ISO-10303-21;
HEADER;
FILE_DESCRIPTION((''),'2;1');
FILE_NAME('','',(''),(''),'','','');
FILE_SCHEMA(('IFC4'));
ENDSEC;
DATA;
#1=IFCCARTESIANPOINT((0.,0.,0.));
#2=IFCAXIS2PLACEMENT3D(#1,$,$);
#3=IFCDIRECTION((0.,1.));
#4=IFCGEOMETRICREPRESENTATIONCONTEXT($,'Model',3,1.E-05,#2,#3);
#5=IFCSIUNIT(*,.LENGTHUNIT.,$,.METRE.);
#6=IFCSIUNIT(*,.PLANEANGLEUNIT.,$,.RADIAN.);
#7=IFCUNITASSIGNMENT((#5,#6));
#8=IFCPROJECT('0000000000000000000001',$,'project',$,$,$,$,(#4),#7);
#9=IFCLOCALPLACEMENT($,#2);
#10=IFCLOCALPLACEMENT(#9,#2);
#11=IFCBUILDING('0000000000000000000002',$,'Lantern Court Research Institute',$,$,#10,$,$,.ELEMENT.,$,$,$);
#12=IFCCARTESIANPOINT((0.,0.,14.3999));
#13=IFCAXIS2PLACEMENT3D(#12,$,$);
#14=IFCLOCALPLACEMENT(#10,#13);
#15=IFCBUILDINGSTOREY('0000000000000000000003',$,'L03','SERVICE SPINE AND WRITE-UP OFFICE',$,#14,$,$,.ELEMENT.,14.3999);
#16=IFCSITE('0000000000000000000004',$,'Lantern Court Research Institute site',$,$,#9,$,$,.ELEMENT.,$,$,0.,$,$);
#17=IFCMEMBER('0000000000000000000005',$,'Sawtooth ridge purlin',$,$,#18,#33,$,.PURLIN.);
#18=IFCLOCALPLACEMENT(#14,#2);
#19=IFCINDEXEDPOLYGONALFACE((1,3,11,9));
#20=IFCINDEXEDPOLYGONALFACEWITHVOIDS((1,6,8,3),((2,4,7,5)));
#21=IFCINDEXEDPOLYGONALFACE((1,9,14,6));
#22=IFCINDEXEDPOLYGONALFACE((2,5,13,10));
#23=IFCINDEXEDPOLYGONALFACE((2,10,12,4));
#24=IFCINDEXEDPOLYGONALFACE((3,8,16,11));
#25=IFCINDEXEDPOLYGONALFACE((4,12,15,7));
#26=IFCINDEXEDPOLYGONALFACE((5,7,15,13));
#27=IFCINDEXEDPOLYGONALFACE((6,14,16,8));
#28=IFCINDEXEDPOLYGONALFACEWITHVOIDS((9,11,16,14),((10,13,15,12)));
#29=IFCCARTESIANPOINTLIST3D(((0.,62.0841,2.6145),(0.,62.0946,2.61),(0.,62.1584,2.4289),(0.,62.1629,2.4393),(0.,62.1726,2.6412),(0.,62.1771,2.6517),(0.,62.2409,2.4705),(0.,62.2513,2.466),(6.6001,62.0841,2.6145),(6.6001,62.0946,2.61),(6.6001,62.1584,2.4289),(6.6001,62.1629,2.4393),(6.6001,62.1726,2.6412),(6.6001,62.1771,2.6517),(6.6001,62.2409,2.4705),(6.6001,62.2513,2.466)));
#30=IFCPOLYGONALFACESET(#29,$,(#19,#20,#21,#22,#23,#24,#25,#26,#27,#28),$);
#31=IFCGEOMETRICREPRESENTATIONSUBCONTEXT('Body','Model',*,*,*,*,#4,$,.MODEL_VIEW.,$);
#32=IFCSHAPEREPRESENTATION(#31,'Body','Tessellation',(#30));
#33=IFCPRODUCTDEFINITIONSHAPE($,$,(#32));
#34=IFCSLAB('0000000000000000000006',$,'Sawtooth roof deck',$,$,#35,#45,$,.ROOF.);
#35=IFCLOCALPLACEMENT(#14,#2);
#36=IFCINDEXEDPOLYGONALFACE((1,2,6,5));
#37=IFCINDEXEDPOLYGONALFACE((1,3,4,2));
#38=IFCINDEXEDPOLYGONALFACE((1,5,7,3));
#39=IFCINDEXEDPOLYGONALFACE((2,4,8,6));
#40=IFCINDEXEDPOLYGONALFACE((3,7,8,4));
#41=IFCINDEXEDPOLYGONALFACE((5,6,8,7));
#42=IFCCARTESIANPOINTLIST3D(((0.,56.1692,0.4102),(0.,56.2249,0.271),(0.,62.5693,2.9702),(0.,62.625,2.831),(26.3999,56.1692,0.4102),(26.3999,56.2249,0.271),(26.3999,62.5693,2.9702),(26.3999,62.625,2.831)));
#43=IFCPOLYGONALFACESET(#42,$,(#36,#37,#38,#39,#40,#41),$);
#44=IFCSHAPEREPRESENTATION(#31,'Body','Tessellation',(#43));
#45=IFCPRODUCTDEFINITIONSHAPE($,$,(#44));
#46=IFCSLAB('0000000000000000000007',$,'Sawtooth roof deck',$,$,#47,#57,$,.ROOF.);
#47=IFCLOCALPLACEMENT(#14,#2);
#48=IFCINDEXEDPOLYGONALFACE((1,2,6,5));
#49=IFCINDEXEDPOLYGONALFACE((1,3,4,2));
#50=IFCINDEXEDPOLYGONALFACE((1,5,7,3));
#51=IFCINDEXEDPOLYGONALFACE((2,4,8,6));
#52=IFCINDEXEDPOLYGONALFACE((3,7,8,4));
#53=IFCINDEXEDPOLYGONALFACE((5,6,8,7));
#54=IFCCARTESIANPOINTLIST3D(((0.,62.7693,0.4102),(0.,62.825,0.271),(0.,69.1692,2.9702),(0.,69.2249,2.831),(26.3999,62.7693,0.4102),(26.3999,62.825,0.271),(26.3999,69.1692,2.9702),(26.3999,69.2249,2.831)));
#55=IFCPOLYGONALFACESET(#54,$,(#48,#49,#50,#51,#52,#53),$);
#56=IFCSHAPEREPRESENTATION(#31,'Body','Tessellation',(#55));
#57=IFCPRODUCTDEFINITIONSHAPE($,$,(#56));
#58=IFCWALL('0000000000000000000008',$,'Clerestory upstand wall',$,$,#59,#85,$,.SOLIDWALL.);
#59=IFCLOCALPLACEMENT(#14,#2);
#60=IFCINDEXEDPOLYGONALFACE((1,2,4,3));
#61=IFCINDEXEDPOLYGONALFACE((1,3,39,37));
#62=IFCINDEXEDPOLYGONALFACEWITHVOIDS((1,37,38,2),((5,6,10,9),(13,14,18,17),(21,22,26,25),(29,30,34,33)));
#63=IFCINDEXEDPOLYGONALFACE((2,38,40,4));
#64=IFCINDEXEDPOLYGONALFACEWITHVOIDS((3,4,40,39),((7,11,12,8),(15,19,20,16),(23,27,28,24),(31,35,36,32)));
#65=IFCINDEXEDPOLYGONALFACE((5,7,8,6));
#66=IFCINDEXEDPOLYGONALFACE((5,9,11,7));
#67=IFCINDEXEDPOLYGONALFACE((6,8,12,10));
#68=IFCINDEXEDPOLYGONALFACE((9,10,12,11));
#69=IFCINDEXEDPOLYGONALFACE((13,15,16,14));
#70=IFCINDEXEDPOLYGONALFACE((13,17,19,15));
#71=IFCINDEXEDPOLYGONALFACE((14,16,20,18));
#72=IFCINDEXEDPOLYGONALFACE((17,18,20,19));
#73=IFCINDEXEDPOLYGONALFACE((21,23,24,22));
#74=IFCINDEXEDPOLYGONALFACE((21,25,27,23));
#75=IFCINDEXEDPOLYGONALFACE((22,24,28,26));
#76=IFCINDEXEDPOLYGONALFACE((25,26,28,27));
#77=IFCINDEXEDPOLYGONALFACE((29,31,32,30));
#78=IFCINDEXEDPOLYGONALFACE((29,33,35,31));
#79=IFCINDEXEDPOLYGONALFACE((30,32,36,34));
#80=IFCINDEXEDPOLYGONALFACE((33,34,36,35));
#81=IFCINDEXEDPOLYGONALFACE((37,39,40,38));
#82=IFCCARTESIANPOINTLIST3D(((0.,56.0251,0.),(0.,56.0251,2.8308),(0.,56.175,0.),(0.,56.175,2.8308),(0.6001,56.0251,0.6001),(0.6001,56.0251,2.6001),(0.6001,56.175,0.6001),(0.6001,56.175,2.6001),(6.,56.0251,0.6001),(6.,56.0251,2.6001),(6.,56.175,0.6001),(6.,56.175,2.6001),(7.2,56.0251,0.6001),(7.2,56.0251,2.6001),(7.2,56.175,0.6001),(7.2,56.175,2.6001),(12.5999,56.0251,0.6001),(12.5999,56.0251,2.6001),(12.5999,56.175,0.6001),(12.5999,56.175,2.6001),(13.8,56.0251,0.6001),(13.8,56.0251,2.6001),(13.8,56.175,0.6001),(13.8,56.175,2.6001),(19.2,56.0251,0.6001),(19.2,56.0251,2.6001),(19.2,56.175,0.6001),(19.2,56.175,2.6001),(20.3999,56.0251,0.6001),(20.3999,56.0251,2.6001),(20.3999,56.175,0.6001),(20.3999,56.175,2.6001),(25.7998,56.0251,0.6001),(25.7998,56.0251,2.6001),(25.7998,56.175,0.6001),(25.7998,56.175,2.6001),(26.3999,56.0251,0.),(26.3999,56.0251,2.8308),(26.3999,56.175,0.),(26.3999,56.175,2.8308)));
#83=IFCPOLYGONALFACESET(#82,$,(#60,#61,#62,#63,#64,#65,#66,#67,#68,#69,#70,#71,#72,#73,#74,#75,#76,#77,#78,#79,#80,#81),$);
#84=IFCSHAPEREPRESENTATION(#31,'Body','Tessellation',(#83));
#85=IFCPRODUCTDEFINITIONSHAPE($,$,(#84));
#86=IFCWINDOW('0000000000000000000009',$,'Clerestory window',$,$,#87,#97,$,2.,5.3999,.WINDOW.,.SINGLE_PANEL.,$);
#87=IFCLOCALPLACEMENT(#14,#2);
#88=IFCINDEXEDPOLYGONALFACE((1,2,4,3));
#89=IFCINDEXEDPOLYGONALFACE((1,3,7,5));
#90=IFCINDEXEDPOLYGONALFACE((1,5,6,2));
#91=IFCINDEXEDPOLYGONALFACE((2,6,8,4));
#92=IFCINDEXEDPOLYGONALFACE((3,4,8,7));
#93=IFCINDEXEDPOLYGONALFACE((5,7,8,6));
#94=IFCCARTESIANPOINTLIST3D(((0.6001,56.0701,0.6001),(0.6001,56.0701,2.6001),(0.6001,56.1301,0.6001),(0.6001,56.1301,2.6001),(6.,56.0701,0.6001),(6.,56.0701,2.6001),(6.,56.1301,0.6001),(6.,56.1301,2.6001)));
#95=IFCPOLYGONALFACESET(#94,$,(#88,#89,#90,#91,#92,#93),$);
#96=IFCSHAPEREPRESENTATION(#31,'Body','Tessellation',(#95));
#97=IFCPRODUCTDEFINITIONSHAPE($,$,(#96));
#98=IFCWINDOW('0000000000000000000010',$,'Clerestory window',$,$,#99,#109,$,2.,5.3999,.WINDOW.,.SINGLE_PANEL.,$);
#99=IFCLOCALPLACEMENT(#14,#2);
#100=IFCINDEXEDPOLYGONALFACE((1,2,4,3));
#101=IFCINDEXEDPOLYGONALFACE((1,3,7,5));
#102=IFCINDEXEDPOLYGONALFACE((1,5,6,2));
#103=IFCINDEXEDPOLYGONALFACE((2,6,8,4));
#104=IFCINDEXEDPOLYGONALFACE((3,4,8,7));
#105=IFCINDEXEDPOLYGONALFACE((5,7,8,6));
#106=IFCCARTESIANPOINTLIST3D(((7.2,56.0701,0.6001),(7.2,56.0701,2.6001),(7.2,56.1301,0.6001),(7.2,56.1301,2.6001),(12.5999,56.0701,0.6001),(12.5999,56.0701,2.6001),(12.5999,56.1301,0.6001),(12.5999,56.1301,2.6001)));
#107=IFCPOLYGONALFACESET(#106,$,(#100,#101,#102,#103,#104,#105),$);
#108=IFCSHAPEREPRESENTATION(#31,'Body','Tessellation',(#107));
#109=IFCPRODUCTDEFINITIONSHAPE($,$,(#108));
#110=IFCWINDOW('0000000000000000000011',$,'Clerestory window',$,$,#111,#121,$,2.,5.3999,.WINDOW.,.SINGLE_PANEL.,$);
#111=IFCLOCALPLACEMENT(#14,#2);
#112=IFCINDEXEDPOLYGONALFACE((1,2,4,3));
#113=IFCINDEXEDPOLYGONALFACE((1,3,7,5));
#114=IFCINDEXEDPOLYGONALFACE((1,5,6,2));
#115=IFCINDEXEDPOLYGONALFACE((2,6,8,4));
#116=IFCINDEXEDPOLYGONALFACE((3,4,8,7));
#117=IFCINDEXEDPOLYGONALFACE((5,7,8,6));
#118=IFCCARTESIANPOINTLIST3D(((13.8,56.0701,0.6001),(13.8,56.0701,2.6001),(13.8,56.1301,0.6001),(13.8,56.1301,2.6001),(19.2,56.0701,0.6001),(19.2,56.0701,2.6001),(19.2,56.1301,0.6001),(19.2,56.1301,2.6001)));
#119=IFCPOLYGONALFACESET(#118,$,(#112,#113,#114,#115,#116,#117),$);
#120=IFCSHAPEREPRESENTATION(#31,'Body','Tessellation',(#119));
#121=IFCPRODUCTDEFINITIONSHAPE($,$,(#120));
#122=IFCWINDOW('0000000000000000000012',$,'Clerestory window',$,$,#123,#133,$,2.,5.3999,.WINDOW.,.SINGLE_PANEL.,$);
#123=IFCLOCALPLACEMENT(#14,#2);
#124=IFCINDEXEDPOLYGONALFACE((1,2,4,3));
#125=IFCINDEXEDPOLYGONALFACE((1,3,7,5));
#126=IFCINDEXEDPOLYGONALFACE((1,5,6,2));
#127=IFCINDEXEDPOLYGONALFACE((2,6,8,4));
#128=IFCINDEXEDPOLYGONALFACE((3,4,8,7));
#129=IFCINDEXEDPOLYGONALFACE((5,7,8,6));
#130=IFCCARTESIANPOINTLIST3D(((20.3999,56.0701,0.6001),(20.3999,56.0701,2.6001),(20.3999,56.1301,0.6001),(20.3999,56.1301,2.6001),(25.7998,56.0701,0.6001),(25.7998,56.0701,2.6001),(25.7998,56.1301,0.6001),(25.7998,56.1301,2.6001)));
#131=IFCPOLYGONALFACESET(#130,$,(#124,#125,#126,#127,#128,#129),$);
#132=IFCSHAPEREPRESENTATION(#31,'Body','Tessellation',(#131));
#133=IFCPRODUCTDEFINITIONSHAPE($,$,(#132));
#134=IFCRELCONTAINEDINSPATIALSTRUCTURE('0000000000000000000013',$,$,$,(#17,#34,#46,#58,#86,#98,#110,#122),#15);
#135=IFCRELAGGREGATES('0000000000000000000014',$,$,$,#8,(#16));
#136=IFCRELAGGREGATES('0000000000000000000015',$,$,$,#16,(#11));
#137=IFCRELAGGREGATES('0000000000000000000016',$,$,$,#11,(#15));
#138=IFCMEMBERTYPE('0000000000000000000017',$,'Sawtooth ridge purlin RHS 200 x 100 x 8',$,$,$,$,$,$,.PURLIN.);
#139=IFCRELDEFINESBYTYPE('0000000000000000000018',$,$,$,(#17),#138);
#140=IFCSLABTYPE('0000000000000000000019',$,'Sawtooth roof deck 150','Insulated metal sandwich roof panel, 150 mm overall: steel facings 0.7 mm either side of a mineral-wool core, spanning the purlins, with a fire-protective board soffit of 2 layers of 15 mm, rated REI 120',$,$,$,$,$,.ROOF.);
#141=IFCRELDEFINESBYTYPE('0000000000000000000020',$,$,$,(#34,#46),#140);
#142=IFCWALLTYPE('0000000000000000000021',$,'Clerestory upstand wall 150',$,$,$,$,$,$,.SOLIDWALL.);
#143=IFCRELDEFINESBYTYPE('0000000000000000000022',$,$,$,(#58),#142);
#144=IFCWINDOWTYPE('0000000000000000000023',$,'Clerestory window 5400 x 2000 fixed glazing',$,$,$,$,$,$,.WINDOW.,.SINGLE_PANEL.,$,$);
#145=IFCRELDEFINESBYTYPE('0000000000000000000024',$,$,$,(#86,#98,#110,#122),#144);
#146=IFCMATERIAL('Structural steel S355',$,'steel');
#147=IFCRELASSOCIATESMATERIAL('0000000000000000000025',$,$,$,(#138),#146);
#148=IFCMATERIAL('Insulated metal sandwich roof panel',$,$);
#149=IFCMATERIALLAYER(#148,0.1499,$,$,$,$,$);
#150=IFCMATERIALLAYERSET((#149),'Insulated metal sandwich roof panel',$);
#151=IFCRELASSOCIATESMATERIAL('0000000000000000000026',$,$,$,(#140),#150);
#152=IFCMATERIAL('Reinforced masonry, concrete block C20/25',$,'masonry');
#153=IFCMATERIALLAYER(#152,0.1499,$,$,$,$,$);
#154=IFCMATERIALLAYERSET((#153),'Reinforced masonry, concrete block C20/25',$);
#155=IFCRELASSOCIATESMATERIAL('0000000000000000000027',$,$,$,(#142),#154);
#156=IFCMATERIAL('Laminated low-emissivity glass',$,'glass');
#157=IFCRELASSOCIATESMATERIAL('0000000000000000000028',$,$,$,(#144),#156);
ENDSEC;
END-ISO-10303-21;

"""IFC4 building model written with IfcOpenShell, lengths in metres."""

from ifc_helpers import new_model, si_unit, direction, frame, frame_2d, origin, origin_2d, place, context, subcontext, project, spatial, polyline, rectangle, hollow_rectangle, outline, extrude, material, layer, layer_set, material_profile, profile_set, type_object, element, fill, save


model = new_model("IFC4")

# Units and contexts
model_context = context("Model", 3, precision=1e-05, world=origin(), true_north=direction((0.0, 1.0)))
body_context = subcontext(model_context, "Body", "Model", "MODEL_VIEW")
ifc_project = project(units=[si_unit("LENGTHUNIT", "METRE"), si_unit("PLANEANGLEUNIT", "RADIAN")], contexts=[model_context])

# Site, building, storey
site_placement = place(None, origin())
site = spatial("IfcSite", under=ifc_project, at=site_placement, Name="Lantern Court Research Institute site", CompositionType="ELEMENT", RefElevation=0.0)
building_placement = place(site_placement, origin())
building = spatial("IfcBuilding", under=site, at=building_placement, Name="Lantern Court Research Institute", CompositionType="ELEMENT")
storey_placement = place(building_placement, frame((0.0, 0.0, 14.3999)))
storey = spatial("IfcBuildingStorey", under=building, at=storey_placement, Name="L03", Description="SERVICE SPINE AND WRITE-UP OFFICE", CompositionType="ELEMENT", Elevation=14.3999)

# Member
ifc_material_1 = material(Name="Structural steel S355", Category="steel")
ifc_material_profile_1 = material_profile(ifc_material_1, hollow_rectangle(XDim=0.1001, YDim=0.2, WallThickness=0.0081, at=origin_2d()), Name="Sawtooth ridge purlin RHS 200 x 100 x 8")
ifc_profile_set_1 = profile_set([ifc_material_profile_1], Name="Structural steel S355")
member_type_1 = type_object("IfcMemberType", Name="Sawtooth ridge purlin RHS 200 x 100 x 8", PredefinedType="PURLIN", material=ifc_profile_set_1)
member_placement = place(storey_placement, frame((0.0, 62.1677, 2.5403), z_axis=(1.0, 0.0, 0.0), x_axis=(0.0, 0.928477, 0.371391)))
element("IfcMember", 1, at=member_placement, inside=storey, type_object=member_type_1, Name="Sawtooth ridge purlin", PredefinedType="PURLIN", context=body_context, shape_type="SweptSolid", body=[
    extrude(hollow_rectangle(XDim=0.1001, YDim=0.2, WallThickness=0.0081, at=origin_2d()), origin(), (0.0, 0.0, 1.0), 6.6001),
])

# Slabs
ifc_material_2 = material(Name="Insulated metal sandwich roof panel")
ifc_layer_1 = layer(ifc_material_2, 0.1499)
ifc_layer_set_1 = layer_set([ifc_layer_1], Name="Insulated metal sandwich roof panel")
slab_type = type_object("IfcSlabType", Name="Sawtooth roof deck 150", Description="Insulated metal sandwich roof panel, 150 mm overall: steel facings 0.7 mm either side of a mineral-wool core, spanning the purlins, with a fire-protective board soffit of 2 layers of 15 mm, rated REI 120", PredefinedType="ROOF", material=ifc_layer_set_1)
slab_1_placement = place(storey_placement, frame((0.0, 56.1692, 0.4102), z_axis=(0.0, -0.371391, 0.928477), x_axis=(0.0, 0.928477, 0.371391)))
element("IfcSlab", 2, at=slab_1_placement, inside=storey, type_object=slab_type, Name="Sawtooth roof deck", PredefinedType="ROOF", context=body_context, shape_type="SweptSolid", body=[
    extrude(outline(polyline([(0.0, 0.0), (6.8932, 0.0), (6.8932, -26.3999), (0.0, -26.3999), (0.0, 0.0)])), origin(), (0.0, 0.0, -1.0), 0.1499),
])
slab_2_placement = place(storey_placement, frame((0.0, 62.7693, 0.4102), z_axis=(0.0, -0.371403, 0.928472), x_axis=(0.0, 0.928472, 0.371403)))
element("IfcSlab", 3, at=slab_2_placement, inside=storey, type_object=slab_type, Name="Sawtooth roof deck", PredefinedType="ROOF", context=body_context, shape_type="SweptSolid", body=[
    extrude(outline(polyline([(0.0, 0.0), (6.8929, 0.0), (6.8929, -26.3999), (0.0, -26.3999), (0.0, 0.0)])), origin(), (0.0, 0.0, -1.0), 0.1499),
])

# Wall, openings, windows
ifc_material_3 = material(Name="Reinforced masonry, concrete block C20/25", Category="masonry")
ifc_layer_2 = layer(ifc_material_3, 0.1499)
ifc_layer_set_2 = layer_set([ifc_layer_2], Name="Reinforced masonry, concrete block C20/25")
wall_type = type_object("IfcWallType", Name="Clerestory upstand wall 150", PredefinedType="SOLIDWALL", material=ifc_layer_set_2)
wall_1_placement = place(storey_placement, frame((0.0, 56.1001, 0.0), z_axis=(0.0, 0.0, 1.0), x_axis=(1.0, 0.0, 0.0)))
wall_1 = element("IfcWall", 4, at=wall_1_placement, inside=storey, type_object=wall_type, Name="Clerestory upstand wall", PredefinedType="SOLIDWALL", context=body_context, shape_type="SweptSolid", body=[
    extrude(rectangle(XDim=26.3999, YDim=0.1499, at=frame_2d((13.2, 0.0))), origin(), (0.0, 0.0, 1.0), 2.8308),
])
opening_1_placement = place(wall_1_placement, frame((0.6001, 0.0, 0.6001)))
opening_1 = element("IfcOpeningElement", 5, at=opening_1_placement, cuts=wall_1, PredefinedType="OPENING", context=body_context, shape_type="SweptSolid", body=[
    extrude(rectangle(XDim=5.3999, YDim=2.0, at=frame_2d((2.7, 1.0))), frame((0.0, 0.085, 0.0), z_axis=(0.0, -1.0, 0.0), x_axis=(1.0, 0.0, 0.0)), (0.0, 0.0, 1.0), 0.1699),
])
opening_2_placement = place(wall_1_placement, frame((7.2, 0.0, 0.6001)))
opening_2 = element("IfcOpeningElement", 6, at=opening_2_placement, cuts=wall_1, PredefinedType="OPENING", context=body_context, shape_type="SweptSolid", body=[
    extrude(rectangle(XDim=5.3999, YDim=2.0, at=frame_2d((2.7, 1.0))), frame((0.0, 0.085, 0.0), z_axis=(0.0, -1.0, 0.0), x_axis=(1.0, 0.0, 0.0)), (0.0, 0.0, 1.0), 0.1699),
])
opening_3_placement = place(wall_1_placement, frame((13.8, 0.0, 0.6001)))
opening_3 = element("IfcOpeningElement", 7, at=opening_3_placement, cuts=wall_1, PredefinedType="OPENING", context=body_context, shape_type="SweptSolid", body=[
    extrude(rectangle(XDim=5.3999, YDim=2.0, at=frame_2d((2.7, 1.0))), frame((0.0, 0.085, 0.0), z_axis=(0.0, -1.0, 0.0), x_axis=(1.0, 0.0, 0.0)), (0.0, 0.0, 1.0), 0.1699),
])
opening_4_placement = place(wall_1_placement, frame((20.3999, 0.0, 0.6001)))
opening_4 = element("IfcOpeningElement", 8, at=opening_4_placement, cuts=wall_1, PredefinedType="OPENING", context=body_context, shape_type="SweptSolid", body=[
    extrude(rectangle(XDim=5.3999, YDim=2.0, at=frame_2d((2.7, 1.0))), frame((0.0, 0.085, 0.0), z_axis=(0.0, -1.0, 0.0), x_axis=(1.0, 0.0, 0.0)), (0.0, 0.0, 1.0), 0.1699),
])
ifc_material_4 = material(Name="Laminated low-emissivity glass", Category="glass")
window_type = type_object("IfcWindowType", Name="Clerestory window 5400 x 2000 fixed glazing", PartitioningType="SINGLE_PANEL", PredefinedType="WINDOW", material=ifc_material_4)
window_1_placement = place(opening_1_placement, origin())
window_1 = element("IfcWindow", 9, at=window_1_placement, inside=storey, type_object=window_type, Name="Clerestory window", OverallHeight=2.0, OverallWidth=5.3999, PartitioningType="SINGLE_PANEL", PredefinedType="WINDOW", context=body_context, shape_type="SweptSolid", body=[
    extrude(rectangle(XDim=5.3999, YDim=2.0, at=frame_2d((2.7, 1.0))), frame((0.0, 0.03, 0.0), z_axis=(0.0, -1.0, 0.0), x_axis=(1.0, 0.0, 0.0)), (0.0, 0.0, 1.0), 0.0601),
])
fill(opening_1, window_1)
window_2_placement = place(opening_2_placement, origin())
window_2 = element("IfcWindow", 10, at=window_2_placement, inside=storey, type_object=window_type, Name="Clerestory window", OverallHeight=2.0, OverallWidth=5.3999, PartitioningType="SINGLE_PANEL", PredefinedType="WINDOW", context=body_context, shape_type="SweptSolid", body=[
    extrude(rectangle(XDim=5.3999, YDim=2.0, at=frame_2d((2.7, 1.0))), frame((0.0, 0.03, 0.0), z_axis=(0.0, -1.0, 0.0), x_axis=(1.0, 0.0, 0.0)), (0.0, 0.0, 1.0), 0.0601),
])
fill(opening_2, window_2)
window_3_placement = place(opening_3_placement, origin())
window_3 = element("IfcWindow", 11, at=window_3_placement, inside=storey, type_object=window_type, Name="Clerestory window", OverallHeight=2.0, OverallWidth=5.3999, PartitioningType="SINGLE_PANEL", PredefinedType="WINDOW", context=body_context, shape_type="SweptSolid", body=[
    extrude(rectangle(XDim=5.3999, YDim=2.0, at=frame_2d((2.7, 1.0))), frame((0.0, 0.03, 0.0), z_axis=(0.0, -1.0, 0.0), x_axis=(1.0, 0.0, 0.0)), (0.0, 0.0, 1.0), 0.0601),
])
fill(opening_3, window_3)
window_4_placement = place(opening_4_placement, origin())
window_4 = element("IfcWindow", 12, at=window_4_placement, inside=storey, type_object=window_type, Name="Clerestory window", OverallHeight=2.0, OverallWidth=5.3999, PartitioningType="SINGLE_PANEL", PredefinedType="WINDOW", context=body_context, shape_type="SweptSolid", body=[
    extrude(rectangle(XDim=5.3999, YDim=2.0, at=frame_2d((2.7, 1.0))), frame((0.0, 0.03, 0.0), z_axis=(0.0, -1.0, 0.0), x_axis=(1.0, 0.0, 0.0)), (0.0, 0.0, 1.0), 0.0601),
])
fill(opening_4, window_4)

save(model, "model.ifc")
